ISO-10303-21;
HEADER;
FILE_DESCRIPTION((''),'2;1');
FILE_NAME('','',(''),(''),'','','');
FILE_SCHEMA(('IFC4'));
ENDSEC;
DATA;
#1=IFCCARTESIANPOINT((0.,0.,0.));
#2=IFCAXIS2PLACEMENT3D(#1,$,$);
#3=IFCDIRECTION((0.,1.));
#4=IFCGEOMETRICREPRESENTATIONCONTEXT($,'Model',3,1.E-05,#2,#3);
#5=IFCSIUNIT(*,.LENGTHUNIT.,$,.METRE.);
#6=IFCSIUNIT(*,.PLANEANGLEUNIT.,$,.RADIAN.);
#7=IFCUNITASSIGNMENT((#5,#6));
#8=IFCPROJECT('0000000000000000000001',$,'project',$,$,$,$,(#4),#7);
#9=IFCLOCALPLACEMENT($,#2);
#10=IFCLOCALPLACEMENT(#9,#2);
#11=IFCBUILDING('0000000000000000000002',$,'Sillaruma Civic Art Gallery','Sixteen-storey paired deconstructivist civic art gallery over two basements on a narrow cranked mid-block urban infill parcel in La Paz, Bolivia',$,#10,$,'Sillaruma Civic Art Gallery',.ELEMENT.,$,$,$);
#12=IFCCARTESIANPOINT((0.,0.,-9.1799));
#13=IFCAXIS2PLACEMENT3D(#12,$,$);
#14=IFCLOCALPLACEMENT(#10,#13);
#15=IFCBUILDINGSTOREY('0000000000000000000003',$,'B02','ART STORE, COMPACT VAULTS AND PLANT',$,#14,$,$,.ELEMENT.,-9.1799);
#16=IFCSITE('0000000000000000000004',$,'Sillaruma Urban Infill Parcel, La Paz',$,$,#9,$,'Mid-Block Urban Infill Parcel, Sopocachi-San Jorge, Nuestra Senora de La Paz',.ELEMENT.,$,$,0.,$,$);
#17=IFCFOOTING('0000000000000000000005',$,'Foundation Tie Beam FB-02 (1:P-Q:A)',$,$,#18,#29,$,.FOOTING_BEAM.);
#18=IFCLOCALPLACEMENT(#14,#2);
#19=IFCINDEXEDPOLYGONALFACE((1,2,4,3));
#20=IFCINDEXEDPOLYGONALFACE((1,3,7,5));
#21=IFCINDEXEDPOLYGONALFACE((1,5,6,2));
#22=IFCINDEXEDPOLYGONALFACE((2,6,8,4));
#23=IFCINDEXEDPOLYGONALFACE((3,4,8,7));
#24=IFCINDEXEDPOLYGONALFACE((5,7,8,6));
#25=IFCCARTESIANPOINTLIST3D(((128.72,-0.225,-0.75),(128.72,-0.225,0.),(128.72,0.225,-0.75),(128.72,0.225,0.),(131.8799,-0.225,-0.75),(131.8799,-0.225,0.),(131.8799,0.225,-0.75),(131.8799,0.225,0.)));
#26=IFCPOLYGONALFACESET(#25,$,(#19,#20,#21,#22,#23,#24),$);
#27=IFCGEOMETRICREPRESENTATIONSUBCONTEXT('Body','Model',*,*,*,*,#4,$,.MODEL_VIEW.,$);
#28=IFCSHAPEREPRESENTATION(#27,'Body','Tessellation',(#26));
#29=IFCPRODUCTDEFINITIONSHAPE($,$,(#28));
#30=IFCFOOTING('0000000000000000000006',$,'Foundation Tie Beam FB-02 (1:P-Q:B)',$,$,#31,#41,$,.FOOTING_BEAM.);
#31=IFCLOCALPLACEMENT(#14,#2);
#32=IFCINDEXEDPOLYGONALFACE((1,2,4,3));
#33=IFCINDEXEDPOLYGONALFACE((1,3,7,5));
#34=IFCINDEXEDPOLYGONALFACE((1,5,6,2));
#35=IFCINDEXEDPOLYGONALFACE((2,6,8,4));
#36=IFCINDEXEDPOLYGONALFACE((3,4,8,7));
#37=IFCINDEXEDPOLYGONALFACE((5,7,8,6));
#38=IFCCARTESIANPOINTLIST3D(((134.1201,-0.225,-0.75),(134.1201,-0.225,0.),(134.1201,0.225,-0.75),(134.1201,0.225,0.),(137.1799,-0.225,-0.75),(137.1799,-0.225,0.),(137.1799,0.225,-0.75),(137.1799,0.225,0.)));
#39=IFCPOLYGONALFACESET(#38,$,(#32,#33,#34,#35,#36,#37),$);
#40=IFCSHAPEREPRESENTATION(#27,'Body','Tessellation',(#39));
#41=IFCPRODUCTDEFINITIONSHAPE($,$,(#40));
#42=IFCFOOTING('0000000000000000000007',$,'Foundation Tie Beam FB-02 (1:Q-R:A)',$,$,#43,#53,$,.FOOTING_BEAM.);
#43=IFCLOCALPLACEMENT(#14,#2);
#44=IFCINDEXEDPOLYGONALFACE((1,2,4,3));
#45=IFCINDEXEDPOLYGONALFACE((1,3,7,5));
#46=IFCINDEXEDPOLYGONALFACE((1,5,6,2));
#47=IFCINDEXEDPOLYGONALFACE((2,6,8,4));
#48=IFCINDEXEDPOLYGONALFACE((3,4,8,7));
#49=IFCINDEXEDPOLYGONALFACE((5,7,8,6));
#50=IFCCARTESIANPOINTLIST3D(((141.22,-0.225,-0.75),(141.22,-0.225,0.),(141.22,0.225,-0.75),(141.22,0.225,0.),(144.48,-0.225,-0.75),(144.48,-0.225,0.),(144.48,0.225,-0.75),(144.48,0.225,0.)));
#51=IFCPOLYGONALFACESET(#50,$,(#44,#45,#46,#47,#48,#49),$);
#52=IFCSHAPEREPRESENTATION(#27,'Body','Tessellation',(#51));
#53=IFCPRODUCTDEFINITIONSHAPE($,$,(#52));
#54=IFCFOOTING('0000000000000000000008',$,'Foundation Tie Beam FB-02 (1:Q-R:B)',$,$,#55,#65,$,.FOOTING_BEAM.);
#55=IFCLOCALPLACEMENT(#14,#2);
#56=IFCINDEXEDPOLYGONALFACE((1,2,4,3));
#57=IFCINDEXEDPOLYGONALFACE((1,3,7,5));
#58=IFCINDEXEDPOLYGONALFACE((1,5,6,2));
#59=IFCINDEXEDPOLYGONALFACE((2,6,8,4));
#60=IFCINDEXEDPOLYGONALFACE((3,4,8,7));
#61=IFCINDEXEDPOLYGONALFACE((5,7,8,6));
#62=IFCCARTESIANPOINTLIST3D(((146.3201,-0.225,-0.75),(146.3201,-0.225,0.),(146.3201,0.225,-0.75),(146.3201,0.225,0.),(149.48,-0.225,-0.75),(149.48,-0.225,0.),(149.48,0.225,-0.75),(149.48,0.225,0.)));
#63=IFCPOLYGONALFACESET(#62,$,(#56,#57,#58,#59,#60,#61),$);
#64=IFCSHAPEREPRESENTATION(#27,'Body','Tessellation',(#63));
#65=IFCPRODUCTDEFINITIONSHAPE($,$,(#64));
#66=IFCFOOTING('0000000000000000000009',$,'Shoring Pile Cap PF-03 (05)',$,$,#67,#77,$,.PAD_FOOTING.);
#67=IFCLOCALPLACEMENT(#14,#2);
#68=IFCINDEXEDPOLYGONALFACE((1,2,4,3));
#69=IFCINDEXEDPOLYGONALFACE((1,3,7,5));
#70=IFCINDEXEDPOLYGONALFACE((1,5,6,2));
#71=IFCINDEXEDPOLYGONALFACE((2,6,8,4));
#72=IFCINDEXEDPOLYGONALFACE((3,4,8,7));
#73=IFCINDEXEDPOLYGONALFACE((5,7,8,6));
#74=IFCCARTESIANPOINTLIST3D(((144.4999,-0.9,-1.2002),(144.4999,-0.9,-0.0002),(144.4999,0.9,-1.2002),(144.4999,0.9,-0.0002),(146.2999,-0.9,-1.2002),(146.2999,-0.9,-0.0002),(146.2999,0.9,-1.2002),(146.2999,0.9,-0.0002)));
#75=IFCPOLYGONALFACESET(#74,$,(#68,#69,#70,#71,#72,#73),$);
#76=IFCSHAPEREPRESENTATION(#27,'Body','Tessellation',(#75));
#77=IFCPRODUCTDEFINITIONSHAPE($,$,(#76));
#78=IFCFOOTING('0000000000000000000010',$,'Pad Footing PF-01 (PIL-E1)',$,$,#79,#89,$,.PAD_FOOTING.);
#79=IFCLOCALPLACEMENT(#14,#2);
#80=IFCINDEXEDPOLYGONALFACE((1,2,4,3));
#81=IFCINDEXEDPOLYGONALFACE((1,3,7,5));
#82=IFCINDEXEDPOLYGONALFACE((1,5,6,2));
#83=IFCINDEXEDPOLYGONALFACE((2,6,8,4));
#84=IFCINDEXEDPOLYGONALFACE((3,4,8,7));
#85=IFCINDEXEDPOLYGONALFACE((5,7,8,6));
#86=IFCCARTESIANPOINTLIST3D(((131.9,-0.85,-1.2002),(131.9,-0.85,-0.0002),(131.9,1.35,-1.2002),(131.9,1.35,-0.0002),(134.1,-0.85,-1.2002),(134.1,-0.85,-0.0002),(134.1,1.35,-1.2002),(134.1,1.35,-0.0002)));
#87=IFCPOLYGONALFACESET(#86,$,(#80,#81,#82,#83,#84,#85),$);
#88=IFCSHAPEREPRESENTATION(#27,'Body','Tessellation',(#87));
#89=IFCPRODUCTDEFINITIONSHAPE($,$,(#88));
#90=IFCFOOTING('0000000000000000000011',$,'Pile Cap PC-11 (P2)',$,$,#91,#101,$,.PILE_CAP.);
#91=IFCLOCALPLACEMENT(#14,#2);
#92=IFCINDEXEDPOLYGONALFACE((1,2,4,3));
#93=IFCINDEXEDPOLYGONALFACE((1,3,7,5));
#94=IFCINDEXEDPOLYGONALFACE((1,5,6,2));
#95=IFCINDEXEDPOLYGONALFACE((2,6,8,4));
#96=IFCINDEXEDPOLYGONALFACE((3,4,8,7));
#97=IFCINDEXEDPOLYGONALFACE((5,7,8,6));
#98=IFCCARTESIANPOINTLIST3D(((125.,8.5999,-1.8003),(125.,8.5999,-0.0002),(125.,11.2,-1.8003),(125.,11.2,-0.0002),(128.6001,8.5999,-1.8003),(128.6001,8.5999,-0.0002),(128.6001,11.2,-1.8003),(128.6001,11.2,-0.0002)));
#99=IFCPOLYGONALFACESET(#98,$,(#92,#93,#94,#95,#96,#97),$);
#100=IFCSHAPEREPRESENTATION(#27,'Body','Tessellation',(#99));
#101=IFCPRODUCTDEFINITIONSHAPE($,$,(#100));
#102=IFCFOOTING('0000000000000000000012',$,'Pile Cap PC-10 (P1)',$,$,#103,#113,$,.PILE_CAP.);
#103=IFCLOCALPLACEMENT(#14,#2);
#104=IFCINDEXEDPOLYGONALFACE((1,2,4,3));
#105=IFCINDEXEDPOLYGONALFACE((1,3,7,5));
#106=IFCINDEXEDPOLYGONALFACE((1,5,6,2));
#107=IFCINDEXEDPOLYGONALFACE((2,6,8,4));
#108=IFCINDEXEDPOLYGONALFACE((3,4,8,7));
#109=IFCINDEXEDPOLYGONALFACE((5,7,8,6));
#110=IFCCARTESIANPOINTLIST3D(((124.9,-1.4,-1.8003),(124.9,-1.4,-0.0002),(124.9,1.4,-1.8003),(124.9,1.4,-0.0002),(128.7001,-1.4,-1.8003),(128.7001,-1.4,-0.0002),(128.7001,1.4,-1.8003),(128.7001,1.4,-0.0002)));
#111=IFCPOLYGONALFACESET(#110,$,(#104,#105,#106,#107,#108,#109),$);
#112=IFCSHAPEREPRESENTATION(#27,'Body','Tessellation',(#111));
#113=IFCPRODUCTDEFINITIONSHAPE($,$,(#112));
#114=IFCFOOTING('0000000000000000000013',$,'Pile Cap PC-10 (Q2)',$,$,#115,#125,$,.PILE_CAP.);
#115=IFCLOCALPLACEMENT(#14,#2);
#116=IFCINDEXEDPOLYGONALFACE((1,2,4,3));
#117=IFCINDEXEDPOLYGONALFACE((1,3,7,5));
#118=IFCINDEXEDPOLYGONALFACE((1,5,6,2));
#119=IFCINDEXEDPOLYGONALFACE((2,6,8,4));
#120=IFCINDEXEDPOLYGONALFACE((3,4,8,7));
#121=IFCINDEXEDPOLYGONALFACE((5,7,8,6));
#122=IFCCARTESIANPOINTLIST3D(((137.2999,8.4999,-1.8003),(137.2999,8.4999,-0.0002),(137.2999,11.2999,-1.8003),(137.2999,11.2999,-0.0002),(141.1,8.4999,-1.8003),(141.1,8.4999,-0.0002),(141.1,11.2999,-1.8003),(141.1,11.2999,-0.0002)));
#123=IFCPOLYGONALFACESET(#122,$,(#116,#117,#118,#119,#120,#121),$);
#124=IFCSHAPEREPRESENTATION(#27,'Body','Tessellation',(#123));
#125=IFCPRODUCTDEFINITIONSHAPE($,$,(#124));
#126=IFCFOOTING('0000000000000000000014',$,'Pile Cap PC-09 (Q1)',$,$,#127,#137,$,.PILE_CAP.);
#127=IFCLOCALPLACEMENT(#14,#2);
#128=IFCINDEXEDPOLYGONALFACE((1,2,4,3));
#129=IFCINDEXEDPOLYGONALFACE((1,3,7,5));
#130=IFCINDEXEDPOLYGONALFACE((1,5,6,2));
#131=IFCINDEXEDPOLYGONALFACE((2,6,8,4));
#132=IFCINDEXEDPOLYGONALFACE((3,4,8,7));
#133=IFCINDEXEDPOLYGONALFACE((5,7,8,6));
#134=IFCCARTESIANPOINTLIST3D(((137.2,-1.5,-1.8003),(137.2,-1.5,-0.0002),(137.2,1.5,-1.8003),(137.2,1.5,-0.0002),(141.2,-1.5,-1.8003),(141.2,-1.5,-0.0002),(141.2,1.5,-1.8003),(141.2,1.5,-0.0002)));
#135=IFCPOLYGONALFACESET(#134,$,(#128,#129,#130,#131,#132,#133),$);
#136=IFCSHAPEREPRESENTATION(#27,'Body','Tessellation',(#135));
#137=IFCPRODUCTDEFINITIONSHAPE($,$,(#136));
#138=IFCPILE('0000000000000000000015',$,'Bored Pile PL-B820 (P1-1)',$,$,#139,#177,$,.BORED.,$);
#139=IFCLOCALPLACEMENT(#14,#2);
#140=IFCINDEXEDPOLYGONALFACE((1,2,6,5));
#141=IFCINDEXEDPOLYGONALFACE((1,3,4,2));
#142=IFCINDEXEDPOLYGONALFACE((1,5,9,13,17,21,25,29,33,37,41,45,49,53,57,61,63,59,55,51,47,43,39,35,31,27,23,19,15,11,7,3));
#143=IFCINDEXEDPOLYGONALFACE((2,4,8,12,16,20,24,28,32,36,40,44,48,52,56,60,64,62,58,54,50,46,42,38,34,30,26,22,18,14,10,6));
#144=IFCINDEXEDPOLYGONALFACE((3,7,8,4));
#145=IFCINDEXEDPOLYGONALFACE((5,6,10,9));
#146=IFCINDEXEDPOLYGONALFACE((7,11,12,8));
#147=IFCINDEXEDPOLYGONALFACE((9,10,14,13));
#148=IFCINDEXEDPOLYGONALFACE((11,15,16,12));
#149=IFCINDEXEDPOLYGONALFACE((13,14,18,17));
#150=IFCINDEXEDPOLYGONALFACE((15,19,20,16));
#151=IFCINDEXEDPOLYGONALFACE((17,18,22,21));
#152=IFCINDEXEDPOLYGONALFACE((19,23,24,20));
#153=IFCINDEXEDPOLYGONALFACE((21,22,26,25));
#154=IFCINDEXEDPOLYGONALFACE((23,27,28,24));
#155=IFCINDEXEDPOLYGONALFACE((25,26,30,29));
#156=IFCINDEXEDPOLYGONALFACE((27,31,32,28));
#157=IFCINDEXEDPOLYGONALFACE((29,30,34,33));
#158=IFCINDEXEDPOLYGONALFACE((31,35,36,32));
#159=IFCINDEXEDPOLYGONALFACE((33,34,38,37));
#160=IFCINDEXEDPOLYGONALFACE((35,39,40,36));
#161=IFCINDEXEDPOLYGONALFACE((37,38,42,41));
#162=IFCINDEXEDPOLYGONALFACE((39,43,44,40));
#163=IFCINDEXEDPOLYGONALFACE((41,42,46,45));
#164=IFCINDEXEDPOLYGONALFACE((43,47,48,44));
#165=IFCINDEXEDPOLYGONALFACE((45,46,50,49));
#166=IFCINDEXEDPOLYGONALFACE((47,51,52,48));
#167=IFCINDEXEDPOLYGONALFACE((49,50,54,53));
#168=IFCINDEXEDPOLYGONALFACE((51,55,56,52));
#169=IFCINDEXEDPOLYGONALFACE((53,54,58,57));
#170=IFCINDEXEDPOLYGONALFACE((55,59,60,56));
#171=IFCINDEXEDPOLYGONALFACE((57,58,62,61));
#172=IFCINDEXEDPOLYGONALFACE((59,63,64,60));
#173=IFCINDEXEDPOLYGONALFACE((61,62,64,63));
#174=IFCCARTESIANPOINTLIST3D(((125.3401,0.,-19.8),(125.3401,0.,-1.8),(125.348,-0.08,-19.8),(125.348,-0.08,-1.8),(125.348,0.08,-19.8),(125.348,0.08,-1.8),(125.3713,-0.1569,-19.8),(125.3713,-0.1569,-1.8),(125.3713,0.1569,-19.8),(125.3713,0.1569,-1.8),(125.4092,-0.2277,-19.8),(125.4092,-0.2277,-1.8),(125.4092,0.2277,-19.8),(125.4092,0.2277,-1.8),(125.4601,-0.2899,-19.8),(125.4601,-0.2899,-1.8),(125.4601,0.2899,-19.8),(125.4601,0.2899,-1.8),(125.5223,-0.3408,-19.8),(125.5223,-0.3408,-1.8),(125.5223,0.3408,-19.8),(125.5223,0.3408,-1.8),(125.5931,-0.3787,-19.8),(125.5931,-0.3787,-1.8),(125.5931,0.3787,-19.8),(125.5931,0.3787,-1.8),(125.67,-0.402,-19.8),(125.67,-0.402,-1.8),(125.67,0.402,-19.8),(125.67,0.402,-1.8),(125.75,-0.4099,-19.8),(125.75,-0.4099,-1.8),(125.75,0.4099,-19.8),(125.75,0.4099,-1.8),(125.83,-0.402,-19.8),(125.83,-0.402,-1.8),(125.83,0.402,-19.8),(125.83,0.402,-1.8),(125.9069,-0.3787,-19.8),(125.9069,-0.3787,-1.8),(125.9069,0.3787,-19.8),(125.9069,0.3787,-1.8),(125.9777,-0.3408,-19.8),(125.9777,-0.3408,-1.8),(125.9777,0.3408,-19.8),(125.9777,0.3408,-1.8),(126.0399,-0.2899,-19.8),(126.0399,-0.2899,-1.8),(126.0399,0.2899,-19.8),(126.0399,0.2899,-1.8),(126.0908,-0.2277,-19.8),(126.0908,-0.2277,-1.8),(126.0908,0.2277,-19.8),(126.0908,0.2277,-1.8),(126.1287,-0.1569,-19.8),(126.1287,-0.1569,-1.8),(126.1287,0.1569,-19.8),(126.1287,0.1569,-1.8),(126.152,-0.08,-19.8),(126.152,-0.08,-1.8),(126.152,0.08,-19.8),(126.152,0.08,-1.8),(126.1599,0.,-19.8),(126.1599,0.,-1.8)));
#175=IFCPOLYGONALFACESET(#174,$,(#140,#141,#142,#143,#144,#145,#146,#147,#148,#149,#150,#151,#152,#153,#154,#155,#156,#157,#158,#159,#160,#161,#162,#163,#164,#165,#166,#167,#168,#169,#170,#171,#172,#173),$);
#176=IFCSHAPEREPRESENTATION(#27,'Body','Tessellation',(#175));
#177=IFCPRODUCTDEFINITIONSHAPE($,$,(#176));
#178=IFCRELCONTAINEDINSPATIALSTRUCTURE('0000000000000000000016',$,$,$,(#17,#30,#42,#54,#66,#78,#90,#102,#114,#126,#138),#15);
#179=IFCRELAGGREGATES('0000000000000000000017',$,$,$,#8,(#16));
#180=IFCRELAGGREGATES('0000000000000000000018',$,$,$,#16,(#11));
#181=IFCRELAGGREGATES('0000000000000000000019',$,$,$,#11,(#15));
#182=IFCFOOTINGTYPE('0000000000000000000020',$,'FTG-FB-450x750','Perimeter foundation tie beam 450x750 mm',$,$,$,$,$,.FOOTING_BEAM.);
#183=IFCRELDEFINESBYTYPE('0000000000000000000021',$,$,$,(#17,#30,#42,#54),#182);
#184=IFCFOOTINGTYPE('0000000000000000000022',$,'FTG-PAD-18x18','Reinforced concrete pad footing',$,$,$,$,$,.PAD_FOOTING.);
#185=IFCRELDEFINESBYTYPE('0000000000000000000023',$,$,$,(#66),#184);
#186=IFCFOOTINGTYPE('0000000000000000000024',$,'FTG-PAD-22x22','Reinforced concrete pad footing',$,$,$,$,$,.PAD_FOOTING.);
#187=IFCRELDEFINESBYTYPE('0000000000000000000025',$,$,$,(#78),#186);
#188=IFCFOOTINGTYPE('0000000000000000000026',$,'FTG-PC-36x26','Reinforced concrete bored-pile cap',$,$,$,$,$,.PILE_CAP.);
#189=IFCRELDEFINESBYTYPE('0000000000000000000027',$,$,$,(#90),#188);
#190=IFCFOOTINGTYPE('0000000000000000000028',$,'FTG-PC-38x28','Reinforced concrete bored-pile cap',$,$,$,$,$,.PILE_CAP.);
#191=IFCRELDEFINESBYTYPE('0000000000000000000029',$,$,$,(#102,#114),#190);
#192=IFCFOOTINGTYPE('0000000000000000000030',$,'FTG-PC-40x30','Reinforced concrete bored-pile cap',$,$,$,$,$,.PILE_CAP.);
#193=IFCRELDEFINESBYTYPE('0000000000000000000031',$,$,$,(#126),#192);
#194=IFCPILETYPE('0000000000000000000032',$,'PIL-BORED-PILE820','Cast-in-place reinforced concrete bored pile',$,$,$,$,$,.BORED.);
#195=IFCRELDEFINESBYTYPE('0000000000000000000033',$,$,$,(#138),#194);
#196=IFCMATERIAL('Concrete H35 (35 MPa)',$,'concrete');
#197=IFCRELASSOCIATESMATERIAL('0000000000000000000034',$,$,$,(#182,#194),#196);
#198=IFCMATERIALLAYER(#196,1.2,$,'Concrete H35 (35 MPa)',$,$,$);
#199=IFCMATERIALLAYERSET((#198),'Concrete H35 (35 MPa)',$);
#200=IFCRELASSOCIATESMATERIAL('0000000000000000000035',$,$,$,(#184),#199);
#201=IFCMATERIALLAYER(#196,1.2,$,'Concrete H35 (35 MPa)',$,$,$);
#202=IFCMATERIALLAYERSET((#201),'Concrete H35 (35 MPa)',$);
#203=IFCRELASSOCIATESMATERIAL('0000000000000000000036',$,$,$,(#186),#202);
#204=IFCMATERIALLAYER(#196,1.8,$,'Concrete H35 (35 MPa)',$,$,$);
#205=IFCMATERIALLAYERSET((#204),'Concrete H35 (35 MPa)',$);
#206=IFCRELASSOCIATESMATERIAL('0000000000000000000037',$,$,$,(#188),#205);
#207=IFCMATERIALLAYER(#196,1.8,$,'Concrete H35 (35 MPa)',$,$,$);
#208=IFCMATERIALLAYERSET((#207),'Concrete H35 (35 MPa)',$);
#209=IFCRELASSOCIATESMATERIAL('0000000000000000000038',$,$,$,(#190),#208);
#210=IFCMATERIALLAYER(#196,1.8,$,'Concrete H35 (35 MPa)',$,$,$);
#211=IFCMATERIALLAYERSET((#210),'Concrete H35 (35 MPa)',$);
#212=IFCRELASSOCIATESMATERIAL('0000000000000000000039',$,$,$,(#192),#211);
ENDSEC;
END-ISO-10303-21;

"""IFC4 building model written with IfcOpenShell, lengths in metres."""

from ifc_helpers import new_model, si_unit, direction, frame, origin, origin_2d, place, context, subcontext, project, spatial, rectangle, circle, extrude, material, layer, layer_set, material_profile, profile_set, type_object, element, save


model = new_model("IFC4")

# Units and contexts
model_context = context("Model", 3, precision=1e-05, world=origin(), true_north=direction((0.0, 1.0)))
body_context = subcontext(model_context, "Body", "Model", "MODEL_VIEW")
ifc_project = project(units=[si_unit("LENGTHUNIT", "METRE"), si_unit("PLANEANGLEUNIT", "RADIAN")], contexts=[model_context])

# Site, building, storey
site_placement = place(None, origin())
site = spatial("IfcSite", under=ifc_project, at=site_placement, Name="Sillaruma Urban Infill Parcel, La Paz", LongName="Mid-Block Urban Infill Parcel, Sopocachi-San Jorge, Nuestra Senora de La Paz", CompositionType="ELEMENT", RefElevation=0.0)
building_placement = place(site_placement, origin())
building = spatial("IfcBuilding", under=site, at=building_placement, Name="Sillaruma Civic Art Gallery", Description="Sixteen-storey paired deconstructivist civic art gallery over two basements on a narrow cranked mid-block urban infill parcel in La Paz, Bolivia", LongName="Sillaruma Civic Art Gallery", CompositionType="ELEMENT")
storey_placement = place(building_placement, frame((0.0, 0.0, -9.1799)))
storey = spatial("IfcBuildingStorey", under=building, at=storey_placement, Name="B02", Description="ART STORE, COMPACT VAULTS AND PLANT", CompositionType="ELEMENT", Elevation=-9.1799)

# Footings
ifc_material_1 = material(Name="Concrete H35 (35 MPa)", Category="concrete")
ifc_material_profile_1 = material_profile(ifc_material_1, rectangle(XDim=0.45, YDim=0.75, at=origin_2d()), Name="RCB450x750")
ifc_profile_set_1 = profile_set([ifc_material_profile_1], Name="Concrete H35 (35 MPa)")
footing_type_1 = type_object("IfcFootingType", Name="FTG-FB-450x750", Description="Perimeter foundation tie beam 450x750 mm", PredefinedType="FOOTING_BEAM", material=ifc_profile_set_1)
footing_1_placement = place(storey_placement, frame((128.72, 0.0, -0.375), z_axis=(1.0, 0.0, 0.0), x_axis=(0.0, 1.0, 0.0)))
element("IfcFooting", 1, at=footing_1_placement, inside=storey, type_object=footing_type_1, Name="Foundation Tie Beam FB-02 (1:P-Q:A)", PredefinedType="FOOTING_BEAM", context=body_context, shape_type="SweptSolid", body=[
    extrude(rectangle(XDim=0.45, YDim=0.75, at=origin_2d()), origin(), (0.0, 0.0, 1.0), 3.1599),
])
footing_2_placement = place(storey_placement, frame((134.1201, 0.0, -0.375), z_axis=(1.0, 0.0, 0.0), x_axis=(0.0, 1.0, 0.0)))
element("IfcFooting", 2, at=footing_2_placement, inside=storey, type_object=footing_type_1, Name="Foundation Tie Beam FB-02 (1:P-Q:B)", PredefinedType="FOOTING_BEAM", context=body_context, shape_type="SweptSolid", body=[
    extrude(rectangle(XDim=0.45, YDim=0.75, at=origin_2d()), origin(), (0.0, 0.0, 1.0), 3.0598),
])
footing_3_placement = place(storey_placement, frame((141.22, 0.0, -0.375), z_axis=(1.0, 0.0, 0.0), x_axis=(0.0, 1.0, 0.0)))
element("IfcFooting", 3, at=footing_3_placement, inside=storey, type_object=footing_type_1, Name="Foundation Tie Beam FB-02 (1:Q-R:A)", PredefinedType="FOOTING_BEAM", context=body_context, shape_type="SweptSolid", body=[
    extrude(rectangle(XDim=0.45, YDim=0.75, at=origin_2d()), origin(), (0.0, 0.0, 1.0), 3.26),
])
footing_4_placement = place(storey_placement, frame((146.3201, 0.0, -0.375), z_axis=(1.0, 0.0, 0.0), x_axis=(0.0, 1.0, 0.0)))
element("IfcFooting", 4, at=footing_4_placement, inside=storey, type_object=footing_type_1, Name="Foundation Tie Beam FB-02 (1:Q-R:B)", PredefinedType="FOOTING_BEAM", context=body_context, shape_type="SweptSolid", body=[
    extrude(rectangle(XDim=0.45, YDim=0.75, at=origin_2d()), origin(), (0.0, 0.0, 1.0), 3.1599),
])
ifc_layer_1 = layer(ifc_material_1, 1.2, Name="Concrete H35 (35 MPa)")
ifc_layer_set_1 = layer_set([ifc_layer_1], Name="Concrete H35 (35 MPa)")
footing_type_2 = type_object("IfcFootingType", Name="FTG-PAD-18x18", Description="Reinforced concrete pad footing", PredefinedType="PAD_FOOTING", material=ifc_layer_set_1)
footing_5_placement = place(storey_placement, frame((145.3999, 0.0, -1.2002), z_axis=(0.0, 0.0, 1.0), x_axis=(1.0, 0.0, 0.0)))
element("IfcFooting", 5, at=footing_5_placement, inside=storey, type_object=footing_type_2, Name="Shoring Pile Cap PF-03 (05)", PredefinedType="PAD_FOOTING", context=body_context, shape_type="SweptSolid", body=[
    extrude(rectangle(XDim=1.8, YDim=1.8, at=origin_2d()), origin(), (0.0, 0.0, 1.0), 1.2),
])
ifc_layer_2 = layer(ifc_material_1, 1.2, Name="Concrete H35 (35 MPa)")
ifc_layer_set_2 = layer_set([ifc_layer_2], Name="Concrete H35 (35 MPa)")
footing_type_3 = type_object("IfcFootingType", Name="FTG-PAD-22x22", Description="Reinforced concrete pad footing", PredefinedType="PAD_FOOTING", material=ifc_layer_set_2)
footing_6_placement = place(storey_placement, frame((133.0, 0.25, -1.2002), z_axis=(0.0, 0.0, 1.0), x_axis=(1.0, 0.0, 0.0)))
element("IfcFooting", 6, at=footing_6_placement, inside=storey, type_object=footing_type_3, Name="Pad Footing PF-01 (PIL-E1)", PredefinedType="PAD_FOOTING", context=body_context, shape_type="SweptSolid", body=[
    extrude(rectangle(XDim=2.2, YDim=2.2, at=origin_2d()), origin(), (0.0, 0.0, 1.0), 1.2),
])
ifc_layer_3 = layer(ifc_material_1, 1.8, Name="Concrete H35 (35 MPa)")
ifc_layer_set_3 = layer_set([ifc_layer_3], Name="Concrete H35 (35 MPa)")
footing_type_4 = type_object("IfcFootingType", Name="FTG-PC-36x26", Description="Reinforced concrete bored-pile cap", PredefinedType="PILE_CAP", material=ifc_layer_set_3)
footing_7_placement = place(storey_placement, frame((126.8, 9.8999, -1.8003), z_axis=(0.0, 0.0, 1.0), x_axis=(1.0, 0.0, 0.0)))
element("IfcFooting", 7, at=footing_7_placement, inside=storey, type_object=footing_type_4, Name="Pile Cap PC-11 (P2)", PredefinedType="PILE_CAP", context=body_context, shape_type="SweptSolid", body=[
    extrude(rectangle(XDim=3.6001, YDim=2.6001, at=origin_2d()), origin(), (0.0, 0.0, 1.0), 1.8),
])
ifc_layer_4 = layer(ifc_material_1, 1.8, Name="Concrete H35 (35 MPa)")
ifc_layer_set_4 = layer_set([ifc_layer_4], Name="Concrete H35 (35 MPa)")
footing_type_5 = type_object("IfcFootingType", Name="FTG-PC-38x28", Description="Reinforced concrete bored-pile cap", PredefinedType="PILE_CAP", material=ifc_layer_set_4)
for number, where, z_axis, x_axis, name in (
    (8, (126.8, 0.0, -1.8003), (0.0, 0.0, 1.0), (1.0, 0.0, 0.0), "Pile Cap PC-10 (P1)"),
    (9, (139.2, 9.8999, -1.8003), (0.0, 0.0, 1.0), (1.0, 0.0, 0.0), "Pile Cap PC-10 (Q2)"),
):
    element("IfcFooting", number, at=place(storey_placement, frame(where, z_axis=z_axis, x_axis=x_axis)), inside=storey, type_object=footing_type_5, Name=name, PredefinedType="PILE_CAP", context=body_context, shape_type="SweptSolid", body=[
        extrude(rectangle(XDim=3.8, YDim=2.8, at=origin_2d()), origin(), (0.0, 0.0, 1.0), 1.8),
    ])
ifc_layer_5 = layer(ifc_material_1, 1.8, Name="Concrete H35 (35 MPa)")
ifc_layer_set_5 = layer_set([ifc_layer_5], Name="Concrete H35 (35 MPa)")
footing_type_6 = type_object("IfcFootingType", Name="FTG-PC-40x30", Description="Reinforced concrete bored-pile cap", PredefinedType="PILE_CAP", material=ifc_layer_set_5)
footing_8_placement = place(storey_placement, frame((139.2, 0.0, -1.8003), z_axis=(0.0, 0.0, 1.0), x_axis=(1.0, 0.0, 0.0)))
element("IfcFooting", 10, at=footing_8_placement, inside=storey, type_object=footing_type_6, Name="Pile Cap PC-09 (Q1)", PredefinedType="PILE_CAP", context=body_context, shape_type="SweptSolid", body=[
    extrude(rectangle(XDim=4.0, YDim=3.0, at=origin_2d()), origin(), (0.0, 0.0, 1.0), 1.8),
])

# Pile
ifc_material_profile_2 = material_profile(ifc_material_1, circle(Radius=0.4099, at=origin_2d()), Name="PILE820")
ifc_profile_set_2 = profile_set([ifc_material_profile_2], Name="Concrete H35 (35 MPa)")
pile_type_1 = type_object("IfcPileType", Name="PIL-BORED-PILE820", Description="Cast-in-place reinforced concrete bored pile", PredefinedType="BORED", material=ifc_profile_set_2)
for number, where, z_axis, x_axis, name in (
    (11, (125.75, 0.0, -1.8), (0.0, 0.0, -1.0), (1.0, 0.0, 0.0), "Bored Pile PL-B820 (P1-1)"),
):
    element("IfcPile", number, at=place(storey_placement, frame(where, z_axis=z_axis, x_axis=x_axis)), inside=storey, type_object=pile_type_1, Name=name, PredefinedType="BORED", context=body_context, shape_type="SweptSolid", body=[
        extrude(circle(Radius=0.4099, at=origin_2d()), origin(), (0.0, 0.0, 1.0), 18.0),
    ])

save(model, "model.ifc")
